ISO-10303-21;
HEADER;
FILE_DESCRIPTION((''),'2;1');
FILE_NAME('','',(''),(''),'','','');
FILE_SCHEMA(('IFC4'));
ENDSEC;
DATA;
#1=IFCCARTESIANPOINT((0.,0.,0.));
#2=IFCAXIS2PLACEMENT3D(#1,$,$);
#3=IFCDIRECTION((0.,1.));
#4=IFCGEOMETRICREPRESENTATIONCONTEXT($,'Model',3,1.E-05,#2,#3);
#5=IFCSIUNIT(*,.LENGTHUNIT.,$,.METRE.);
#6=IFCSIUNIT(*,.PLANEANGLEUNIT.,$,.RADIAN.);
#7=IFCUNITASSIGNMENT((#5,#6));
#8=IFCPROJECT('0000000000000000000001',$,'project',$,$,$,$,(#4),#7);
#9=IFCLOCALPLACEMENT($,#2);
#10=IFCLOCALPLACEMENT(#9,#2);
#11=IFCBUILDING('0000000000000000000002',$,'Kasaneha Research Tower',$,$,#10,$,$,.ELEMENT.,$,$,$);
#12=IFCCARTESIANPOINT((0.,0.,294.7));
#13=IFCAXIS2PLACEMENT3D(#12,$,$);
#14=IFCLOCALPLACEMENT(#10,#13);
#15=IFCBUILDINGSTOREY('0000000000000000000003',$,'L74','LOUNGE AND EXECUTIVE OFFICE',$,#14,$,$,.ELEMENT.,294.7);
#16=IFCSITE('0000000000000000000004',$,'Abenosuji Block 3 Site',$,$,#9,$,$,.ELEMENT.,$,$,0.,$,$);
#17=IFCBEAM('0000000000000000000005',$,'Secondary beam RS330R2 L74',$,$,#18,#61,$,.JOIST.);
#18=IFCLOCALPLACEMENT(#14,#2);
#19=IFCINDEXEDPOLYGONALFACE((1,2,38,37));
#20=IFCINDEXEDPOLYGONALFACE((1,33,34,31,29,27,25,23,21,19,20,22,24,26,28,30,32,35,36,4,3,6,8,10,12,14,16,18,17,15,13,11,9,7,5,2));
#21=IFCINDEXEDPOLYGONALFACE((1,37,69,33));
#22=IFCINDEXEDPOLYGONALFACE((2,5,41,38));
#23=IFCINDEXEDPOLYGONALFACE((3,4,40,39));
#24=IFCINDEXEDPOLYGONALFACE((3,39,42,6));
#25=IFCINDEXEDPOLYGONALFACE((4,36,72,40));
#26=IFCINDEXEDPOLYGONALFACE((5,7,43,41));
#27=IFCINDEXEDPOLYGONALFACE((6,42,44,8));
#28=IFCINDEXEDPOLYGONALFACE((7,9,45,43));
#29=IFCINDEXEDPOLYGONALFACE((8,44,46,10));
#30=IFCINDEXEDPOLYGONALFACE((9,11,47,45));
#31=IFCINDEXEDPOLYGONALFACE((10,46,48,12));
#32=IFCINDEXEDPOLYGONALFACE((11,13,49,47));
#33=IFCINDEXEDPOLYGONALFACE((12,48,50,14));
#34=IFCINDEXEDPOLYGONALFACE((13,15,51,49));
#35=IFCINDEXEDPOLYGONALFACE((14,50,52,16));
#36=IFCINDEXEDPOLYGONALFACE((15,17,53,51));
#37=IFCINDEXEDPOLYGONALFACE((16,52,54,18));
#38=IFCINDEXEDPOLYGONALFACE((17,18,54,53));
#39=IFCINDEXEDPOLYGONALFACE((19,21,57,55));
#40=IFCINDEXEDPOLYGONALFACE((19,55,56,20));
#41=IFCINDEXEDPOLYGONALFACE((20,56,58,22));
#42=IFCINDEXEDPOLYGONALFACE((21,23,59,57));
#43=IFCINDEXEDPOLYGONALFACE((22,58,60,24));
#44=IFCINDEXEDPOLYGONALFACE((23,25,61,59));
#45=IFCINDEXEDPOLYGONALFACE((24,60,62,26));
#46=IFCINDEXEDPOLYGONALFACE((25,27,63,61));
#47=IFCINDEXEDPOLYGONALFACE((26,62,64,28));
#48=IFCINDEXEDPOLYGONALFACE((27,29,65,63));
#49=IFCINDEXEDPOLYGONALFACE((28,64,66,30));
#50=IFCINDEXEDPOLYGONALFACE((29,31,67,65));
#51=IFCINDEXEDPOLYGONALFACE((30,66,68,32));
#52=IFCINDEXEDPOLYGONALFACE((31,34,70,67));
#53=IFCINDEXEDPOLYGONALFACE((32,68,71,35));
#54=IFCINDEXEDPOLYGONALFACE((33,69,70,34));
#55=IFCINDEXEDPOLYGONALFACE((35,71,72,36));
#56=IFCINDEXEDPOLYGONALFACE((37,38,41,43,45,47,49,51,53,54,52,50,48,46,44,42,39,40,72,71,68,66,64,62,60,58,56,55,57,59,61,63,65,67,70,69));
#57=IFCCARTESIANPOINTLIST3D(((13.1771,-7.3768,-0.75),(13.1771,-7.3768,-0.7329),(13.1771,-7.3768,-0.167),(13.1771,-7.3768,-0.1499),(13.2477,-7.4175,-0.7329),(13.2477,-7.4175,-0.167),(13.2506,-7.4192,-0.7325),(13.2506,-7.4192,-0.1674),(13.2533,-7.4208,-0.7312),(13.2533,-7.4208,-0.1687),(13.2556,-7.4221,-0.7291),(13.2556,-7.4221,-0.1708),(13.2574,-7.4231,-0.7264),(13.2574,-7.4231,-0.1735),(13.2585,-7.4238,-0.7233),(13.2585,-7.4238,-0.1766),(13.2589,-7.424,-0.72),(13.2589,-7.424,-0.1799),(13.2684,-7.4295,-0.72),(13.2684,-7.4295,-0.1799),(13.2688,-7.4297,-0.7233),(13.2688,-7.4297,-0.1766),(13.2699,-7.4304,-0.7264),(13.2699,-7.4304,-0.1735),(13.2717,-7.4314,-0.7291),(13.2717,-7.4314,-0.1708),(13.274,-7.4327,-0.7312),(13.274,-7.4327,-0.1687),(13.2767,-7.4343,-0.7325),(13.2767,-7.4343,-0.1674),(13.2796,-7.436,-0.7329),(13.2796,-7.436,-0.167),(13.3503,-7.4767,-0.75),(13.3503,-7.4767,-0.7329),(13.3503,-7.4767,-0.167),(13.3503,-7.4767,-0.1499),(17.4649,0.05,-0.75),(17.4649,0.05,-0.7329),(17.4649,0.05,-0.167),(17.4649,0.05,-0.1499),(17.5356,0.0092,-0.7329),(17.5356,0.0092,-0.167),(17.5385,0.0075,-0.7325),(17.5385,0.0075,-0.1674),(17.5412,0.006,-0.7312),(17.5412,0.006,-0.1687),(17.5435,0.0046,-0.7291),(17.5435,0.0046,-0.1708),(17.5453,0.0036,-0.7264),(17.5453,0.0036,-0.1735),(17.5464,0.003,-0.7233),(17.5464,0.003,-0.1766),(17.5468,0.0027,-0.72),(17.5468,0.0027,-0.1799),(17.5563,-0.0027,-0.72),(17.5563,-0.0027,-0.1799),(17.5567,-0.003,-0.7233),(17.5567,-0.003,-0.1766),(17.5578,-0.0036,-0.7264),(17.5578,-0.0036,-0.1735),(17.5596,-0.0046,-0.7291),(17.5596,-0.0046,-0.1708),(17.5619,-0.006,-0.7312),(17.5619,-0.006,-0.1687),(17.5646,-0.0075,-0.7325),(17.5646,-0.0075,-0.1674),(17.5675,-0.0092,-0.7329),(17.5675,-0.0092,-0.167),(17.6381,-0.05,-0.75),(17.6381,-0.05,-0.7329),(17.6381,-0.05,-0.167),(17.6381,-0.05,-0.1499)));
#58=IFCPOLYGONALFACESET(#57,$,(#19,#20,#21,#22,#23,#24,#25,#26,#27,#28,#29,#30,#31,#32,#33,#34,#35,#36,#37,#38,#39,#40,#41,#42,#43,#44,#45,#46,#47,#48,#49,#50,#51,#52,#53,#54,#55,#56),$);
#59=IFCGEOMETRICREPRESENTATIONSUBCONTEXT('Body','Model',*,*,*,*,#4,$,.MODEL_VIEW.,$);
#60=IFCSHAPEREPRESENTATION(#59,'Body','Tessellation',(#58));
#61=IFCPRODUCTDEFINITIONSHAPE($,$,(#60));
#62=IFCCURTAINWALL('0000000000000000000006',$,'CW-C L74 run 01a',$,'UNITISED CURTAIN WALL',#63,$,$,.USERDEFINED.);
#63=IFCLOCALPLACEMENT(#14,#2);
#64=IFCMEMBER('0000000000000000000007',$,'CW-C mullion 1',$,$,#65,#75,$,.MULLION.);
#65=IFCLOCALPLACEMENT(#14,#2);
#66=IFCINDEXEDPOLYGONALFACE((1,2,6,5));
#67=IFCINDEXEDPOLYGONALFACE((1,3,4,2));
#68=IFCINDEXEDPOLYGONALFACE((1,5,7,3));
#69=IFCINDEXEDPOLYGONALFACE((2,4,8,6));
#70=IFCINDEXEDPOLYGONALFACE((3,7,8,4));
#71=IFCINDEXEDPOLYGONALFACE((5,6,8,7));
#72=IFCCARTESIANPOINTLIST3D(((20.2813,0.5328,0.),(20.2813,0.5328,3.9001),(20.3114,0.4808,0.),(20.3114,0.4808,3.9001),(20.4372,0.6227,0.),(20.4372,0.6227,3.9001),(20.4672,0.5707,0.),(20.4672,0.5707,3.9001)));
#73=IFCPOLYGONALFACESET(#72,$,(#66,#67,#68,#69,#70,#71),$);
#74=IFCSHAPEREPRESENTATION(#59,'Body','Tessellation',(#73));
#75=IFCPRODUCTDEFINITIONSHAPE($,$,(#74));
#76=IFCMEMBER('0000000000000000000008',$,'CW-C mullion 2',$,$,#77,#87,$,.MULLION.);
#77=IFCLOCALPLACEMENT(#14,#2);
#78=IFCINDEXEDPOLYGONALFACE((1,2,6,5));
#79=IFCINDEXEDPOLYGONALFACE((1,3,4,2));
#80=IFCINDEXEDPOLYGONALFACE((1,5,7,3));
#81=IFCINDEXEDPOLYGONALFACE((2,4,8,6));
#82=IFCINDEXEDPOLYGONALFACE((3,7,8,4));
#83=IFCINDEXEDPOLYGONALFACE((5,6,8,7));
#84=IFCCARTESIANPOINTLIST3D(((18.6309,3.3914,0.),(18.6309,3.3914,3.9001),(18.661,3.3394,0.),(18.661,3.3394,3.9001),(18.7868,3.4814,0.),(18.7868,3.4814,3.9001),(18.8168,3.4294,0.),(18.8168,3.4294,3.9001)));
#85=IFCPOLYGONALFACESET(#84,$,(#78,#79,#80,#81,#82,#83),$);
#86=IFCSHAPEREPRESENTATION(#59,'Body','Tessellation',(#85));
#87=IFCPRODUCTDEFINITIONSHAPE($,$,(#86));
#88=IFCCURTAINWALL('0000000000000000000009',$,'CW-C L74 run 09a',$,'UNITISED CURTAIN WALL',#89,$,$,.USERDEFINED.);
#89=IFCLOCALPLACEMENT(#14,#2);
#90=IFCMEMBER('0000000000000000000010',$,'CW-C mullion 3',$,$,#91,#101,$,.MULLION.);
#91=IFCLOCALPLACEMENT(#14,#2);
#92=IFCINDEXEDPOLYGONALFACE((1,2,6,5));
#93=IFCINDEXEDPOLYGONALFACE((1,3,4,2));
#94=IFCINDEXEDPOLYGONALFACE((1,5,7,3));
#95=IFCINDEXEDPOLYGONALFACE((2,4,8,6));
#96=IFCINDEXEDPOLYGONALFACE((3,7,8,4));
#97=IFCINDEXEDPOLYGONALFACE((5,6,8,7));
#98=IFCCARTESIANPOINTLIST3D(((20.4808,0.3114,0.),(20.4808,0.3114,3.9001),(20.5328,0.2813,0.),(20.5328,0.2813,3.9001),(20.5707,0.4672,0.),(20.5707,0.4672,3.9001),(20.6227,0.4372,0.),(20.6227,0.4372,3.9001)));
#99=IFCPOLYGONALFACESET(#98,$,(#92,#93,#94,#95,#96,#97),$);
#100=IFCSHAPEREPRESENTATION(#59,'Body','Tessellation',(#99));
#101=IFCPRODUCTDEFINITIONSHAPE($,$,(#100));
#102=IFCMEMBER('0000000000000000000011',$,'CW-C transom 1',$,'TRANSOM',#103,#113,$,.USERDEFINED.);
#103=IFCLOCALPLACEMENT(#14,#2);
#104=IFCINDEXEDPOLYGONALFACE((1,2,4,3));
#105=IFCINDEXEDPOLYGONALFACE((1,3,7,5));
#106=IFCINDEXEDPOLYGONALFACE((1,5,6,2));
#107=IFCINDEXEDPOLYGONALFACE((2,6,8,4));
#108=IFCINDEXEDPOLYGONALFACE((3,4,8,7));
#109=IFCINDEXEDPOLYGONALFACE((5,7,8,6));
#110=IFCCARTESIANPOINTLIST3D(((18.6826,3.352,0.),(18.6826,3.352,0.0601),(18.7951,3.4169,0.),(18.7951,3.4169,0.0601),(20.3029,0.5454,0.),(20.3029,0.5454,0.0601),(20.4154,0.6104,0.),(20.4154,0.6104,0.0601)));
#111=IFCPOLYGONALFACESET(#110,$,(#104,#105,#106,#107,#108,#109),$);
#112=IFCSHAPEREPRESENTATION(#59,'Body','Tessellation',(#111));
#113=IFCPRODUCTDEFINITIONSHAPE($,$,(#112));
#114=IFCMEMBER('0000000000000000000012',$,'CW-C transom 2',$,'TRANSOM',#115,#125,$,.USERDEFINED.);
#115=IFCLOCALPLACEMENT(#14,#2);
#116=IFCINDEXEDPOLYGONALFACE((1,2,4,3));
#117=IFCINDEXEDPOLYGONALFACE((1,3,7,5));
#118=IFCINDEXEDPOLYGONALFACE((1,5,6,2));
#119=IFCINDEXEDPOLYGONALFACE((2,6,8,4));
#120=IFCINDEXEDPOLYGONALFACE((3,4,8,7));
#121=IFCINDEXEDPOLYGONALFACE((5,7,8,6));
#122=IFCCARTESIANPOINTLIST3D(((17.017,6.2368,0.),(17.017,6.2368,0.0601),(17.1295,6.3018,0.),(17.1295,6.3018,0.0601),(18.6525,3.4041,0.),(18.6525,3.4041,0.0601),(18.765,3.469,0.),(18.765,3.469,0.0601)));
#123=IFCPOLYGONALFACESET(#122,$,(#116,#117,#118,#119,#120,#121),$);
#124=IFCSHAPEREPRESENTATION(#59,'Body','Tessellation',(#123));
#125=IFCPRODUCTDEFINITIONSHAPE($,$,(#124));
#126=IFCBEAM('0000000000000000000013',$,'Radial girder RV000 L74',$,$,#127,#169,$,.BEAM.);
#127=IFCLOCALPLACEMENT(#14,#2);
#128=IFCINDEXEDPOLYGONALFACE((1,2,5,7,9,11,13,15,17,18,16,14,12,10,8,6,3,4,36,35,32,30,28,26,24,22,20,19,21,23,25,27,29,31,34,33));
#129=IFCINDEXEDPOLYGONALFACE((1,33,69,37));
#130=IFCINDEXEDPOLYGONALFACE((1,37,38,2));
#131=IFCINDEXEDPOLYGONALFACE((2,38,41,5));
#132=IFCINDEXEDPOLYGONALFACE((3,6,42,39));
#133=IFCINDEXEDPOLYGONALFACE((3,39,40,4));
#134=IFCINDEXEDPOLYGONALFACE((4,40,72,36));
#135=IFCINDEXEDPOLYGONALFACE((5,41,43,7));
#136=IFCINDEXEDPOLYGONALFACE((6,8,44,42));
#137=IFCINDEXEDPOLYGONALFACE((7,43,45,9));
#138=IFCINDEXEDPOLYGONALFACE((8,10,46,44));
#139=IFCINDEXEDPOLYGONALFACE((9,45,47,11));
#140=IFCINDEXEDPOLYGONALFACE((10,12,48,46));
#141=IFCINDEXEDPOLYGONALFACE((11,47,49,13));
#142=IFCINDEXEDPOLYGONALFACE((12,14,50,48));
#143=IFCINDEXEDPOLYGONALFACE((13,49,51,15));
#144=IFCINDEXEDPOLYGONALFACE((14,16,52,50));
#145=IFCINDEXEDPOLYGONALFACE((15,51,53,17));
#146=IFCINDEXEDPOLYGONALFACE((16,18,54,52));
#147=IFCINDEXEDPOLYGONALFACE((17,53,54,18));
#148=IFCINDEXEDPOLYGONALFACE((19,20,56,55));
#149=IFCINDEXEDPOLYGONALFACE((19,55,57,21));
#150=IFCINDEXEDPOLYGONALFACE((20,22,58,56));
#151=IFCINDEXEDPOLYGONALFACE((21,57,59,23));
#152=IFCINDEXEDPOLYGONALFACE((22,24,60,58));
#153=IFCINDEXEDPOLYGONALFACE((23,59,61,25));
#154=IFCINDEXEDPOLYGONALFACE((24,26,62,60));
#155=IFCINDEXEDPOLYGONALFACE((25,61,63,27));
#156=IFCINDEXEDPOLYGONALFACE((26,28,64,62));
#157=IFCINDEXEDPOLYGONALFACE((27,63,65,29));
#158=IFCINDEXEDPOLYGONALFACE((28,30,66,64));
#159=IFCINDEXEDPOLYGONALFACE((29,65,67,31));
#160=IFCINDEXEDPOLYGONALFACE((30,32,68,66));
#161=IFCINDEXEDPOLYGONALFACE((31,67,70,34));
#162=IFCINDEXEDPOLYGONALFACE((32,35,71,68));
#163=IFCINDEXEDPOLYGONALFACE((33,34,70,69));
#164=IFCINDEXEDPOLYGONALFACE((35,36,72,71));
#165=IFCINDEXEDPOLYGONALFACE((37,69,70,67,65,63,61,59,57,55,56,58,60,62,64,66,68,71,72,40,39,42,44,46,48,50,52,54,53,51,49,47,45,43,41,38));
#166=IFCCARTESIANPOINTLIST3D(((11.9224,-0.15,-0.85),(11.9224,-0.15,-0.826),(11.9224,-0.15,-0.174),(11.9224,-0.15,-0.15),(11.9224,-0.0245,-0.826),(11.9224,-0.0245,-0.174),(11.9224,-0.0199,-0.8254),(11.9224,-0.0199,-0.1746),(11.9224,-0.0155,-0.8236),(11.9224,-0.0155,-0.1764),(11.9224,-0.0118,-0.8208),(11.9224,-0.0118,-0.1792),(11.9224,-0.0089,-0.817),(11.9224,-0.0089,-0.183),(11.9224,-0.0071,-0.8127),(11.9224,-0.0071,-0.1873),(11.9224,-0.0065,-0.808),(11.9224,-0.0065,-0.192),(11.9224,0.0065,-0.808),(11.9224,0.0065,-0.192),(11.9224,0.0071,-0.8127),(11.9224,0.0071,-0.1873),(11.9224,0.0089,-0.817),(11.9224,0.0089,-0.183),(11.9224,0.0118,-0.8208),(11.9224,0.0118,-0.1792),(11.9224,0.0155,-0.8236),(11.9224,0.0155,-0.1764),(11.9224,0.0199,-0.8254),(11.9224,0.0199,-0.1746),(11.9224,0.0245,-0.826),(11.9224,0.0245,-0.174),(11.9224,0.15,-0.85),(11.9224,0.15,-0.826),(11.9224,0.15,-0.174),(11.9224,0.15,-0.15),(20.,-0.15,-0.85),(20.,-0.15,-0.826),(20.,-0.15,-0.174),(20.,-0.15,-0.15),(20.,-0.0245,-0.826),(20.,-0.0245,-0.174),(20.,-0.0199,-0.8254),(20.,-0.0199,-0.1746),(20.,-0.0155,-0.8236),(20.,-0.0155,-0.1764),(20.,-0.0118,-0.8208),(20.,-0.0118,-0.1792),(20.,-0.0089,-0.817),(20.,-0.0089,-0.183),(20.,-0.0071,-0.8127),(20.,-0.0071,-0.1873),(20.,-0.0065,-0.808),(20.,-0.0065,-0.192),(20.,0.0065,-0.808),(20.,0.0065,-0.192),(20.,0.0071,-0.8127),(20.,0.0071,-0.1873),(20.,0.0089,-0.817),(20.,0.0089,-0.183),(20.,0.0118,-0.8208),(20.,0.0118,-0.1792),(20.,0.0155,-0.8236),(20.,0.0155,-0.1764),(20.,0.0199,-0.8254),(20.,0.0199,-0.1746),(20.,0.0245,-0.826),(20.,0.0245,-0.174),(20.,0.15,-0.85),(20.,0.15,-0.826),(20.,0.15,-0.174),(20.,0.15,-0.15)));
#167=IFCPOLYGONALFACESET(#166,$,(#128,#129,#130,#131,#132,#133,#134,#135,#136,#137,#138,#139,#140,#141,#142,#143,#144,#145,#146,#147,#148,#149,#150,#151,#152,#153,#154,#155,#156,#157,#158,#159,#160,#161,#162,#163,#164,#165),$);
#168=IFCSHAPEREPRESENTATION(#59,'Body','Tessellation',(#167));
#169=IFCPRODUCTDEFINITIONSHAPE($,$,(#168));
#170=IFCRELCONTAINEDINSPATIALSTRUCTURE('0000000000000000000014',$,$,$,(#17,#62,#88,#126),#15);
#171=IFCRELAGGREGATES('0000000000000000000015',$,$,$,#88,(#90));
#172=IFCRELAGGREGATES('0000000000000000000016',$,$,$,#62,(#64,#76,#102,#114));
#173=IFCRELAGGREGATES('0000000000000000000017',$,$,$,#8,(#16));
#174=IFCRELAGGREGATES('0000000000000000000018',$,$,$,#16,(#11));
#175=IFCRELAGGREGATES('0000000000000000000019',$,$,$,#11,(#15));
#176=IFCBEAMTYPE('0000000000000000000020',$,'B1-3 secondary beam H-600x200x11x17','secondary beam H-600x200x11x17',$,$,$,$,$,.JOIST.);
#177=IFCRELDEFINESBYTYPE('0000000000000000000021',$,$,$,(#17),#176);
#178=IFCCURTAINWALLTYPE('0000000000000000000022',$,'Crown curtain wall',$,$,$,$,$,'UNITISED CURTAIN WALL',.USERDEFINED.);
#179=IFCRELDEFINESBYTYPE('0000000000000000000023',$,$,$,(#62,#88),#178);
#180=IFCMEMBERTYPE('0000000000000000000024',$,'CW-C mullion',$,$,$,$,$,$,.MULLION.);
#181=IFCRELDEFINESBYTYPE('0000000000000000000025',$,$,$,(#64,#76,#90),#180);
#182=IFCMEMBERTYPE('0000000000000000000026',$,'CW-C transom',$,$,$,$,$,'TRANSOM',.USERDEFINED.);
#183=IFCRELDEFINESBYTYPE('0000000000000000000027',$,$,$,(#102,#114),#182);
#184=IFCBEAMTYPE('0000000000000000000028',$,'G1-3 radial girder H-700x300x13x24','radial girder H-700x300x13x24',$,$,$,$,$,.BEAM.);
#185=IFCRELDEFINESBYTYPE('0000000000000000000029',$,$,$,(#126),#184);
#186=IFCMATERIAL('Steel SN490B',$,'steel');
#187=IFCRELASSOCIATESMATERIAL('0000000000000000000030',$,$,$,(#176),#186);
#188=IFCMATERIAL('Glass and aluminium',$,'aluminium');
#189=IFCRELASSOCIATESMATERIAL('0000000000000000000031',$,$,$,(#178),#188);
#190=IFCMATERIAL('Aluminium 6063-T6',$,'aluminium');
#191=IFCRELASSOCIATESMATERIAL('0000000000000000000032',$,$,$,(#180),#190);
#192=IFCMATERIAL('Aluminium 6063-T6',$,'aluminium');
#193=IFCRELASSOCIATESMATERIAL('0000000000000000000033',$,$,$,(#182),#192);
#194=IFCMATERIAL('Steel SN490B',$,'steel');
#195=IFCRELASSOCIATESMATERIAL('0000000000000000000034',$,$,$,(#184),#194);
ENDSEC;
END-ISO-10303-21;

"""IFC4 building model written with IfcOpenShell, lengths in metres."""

from ifc_helpers import new_model, si_unit, direction, frame, origin, origin_2d, place, context, subcontext, project, spatial, rectangle, i_section, extrude, material, material_profile, profile_set, type_object, element, aggregate, save


model = new_model("IFC4")

# Units and contexts
model_context = context("Model", 3, precision=1e-05, world=origin(), true_north=direction((0.0, 1.0)))
body_context = subcontext(model_context, "Body", "Model", "MODEL_VIEW")
ifc_project = project(units=[si_unit("LENGTHUNIT", "METRE"), si_unit("PLANEANGLEUNIT", "RADIAN")], contexts=[model_context])

# Site, building, storey
site_placement = place(None, origin())
site = spatial("IfcSite", under=ifc_project, at=site_placement, Name="Abenosuji Block 3 Site", CompositionType="ELEMENT", RefElevation=0.0)
building_placement = place(site_placement, origin())
building = spatial("IfcBuilding", under=site, at=building_placement, Name="Kasaneha Research Tower", CompositionType="ELEMENT")
storey_placement = place(building_placement, frame((0.0, 0.0, 294.7)))
storey = spatial("IfcBuildingStorey", under=building, at=storey_placement, Name="L74", Description="LOUNGE AND EXECUTIVE OFFICE", CompositionType="ELEMENT", Elevation=294.7)

# Beam
ifc_material_1 = material(Name="Steel SN490B", Category="steel")
ifc_material_profile_1 = material_profile(ifc_material_1, i_section(OverallWidth=0.2, OverallDepth=0.6001, WebThickness=0.011, FlangeThickness=0.0171, FilletRadius=0.0129, at=origin_2d()), Name="H-600x200x11x17")
ifc_profile_set_1 = profile_set([ifc_material_profile_1], Name="Steel SN490B")
beam_type_1 = type_object("IfcBeamType", Name="B1-3 secondary beam H-600x200x11x17", Description="secondary beam H-600x200x11x17", PredefinedType="JOIST", material=ifc_profile_set_1)
beam_1_placement = place(storey_placement, frame((17.5515, 0.0, -0.45), z_axis=(-0.5, -0.866025, 0.0), x_axis=(0.866025, -0.5, 0.0)))
element("IfcBeam", 1, at=beam_1_placement, inside=storey, type_object=beam_type_1, Name="Secondary beam RS330R2 L74", PredefinedType="JOIST", context=body_context, shape_type="SweptSolid", body=[
    extrude(i_section(OverallWidth=0.2, OverallDepth=0.6001, WebThickness=0.011, FlangeThickness=0.0171, FilletRadius=0.0129, at=origin_2d()), origin(), (0.0, 0.0, 1.0), 8.5757),
])

# Curtain wall, members
ifc_material_2 = material(Name="Glass and aluminium", Category="aluminium")
curtain_wall_type = type_object("IfcCurtainWallType", Name="Crown curtain wall", ElementType="UNITISED CURTAIN WALL", PredefinedType="USERDEFINED", material=ifc_material_2)
curtain_wall_1_placement = place(storey_placement, origin())
curtain_wall_1 = element("IfcCurtainWall", 2, at=curtain_wall_1_placement, inside=storey, type_object=curtain_wall_type, Name="CW-C L74 run 01a", ObjectType="UNITISED CURTAIN WALL", PredefinedType="USERDEFINED")
ifc_material_3 = material(Name="Aluminium 6063-T6", Category="aluminium")
ifc_material_profile_2 = material_profile(ifc_material_3, rectangle(XDim=0.0601, YDim=0.1799, at=origin_2d()), Name="CW-C mullion 60x180")
ifc_profile_set_2 = profile_set([ifc_material_profile_2], Name="Aluminium 6063-T6")
member_type_1 = type_object("IfcMemberType", Name="CW-C mullion", PredefinedType="MULLION", material=ifc_profile_set_2)
member_1_placement = place(storey_placement, frame((20.3743, 0.5518, 0.0), z_axis=(0.0, 0.0, 1.0), x_axis=(-0.5, 0.866025, 0.0)))
member_1 = element("IfcMember", 3, at=member_1_placement, type_object=member_type_1, Name="CW-C mullion 1", PredefinedType="MULLION", context=body_context, shape_type="SweptSolid", body=[
    extrude(rectangle(XDim=0.0601, YDim=0.1799, at=origin_2d()), origin(), (0.0, 0.0, 1.0), 3.9001),
])
member_2_placement = place(storey_placement, frame((18.7239, 3.4104, 0.0), z_axis=(0.0, 0.0, 1.0), x_axis=(-0.5, 0.866025, 0.0)))
member_2 = element("IfcMember", 4, at=member_2_placement, type_object=member_type_1, Name="CW-C mullion 2", PredefinedType="MULLION", context=body_context, shape_type="SweptSolid", body=[
    extrude(rectangle(XDim=0.0601, YDim=0.1799, at=origin_2d()), origin(), (0.0, 0.0, 1.0), 3.9001),
])

# Curtain wall, member
curtain_wall_2_placement = place(storey_placement, origin())
curtain_wall_2 = element("IfcCurtainWall", 5, at=curtain_wall_2_placement, inside=storey, type_object=curtain_wall_type, Name="CW-C L74 run 09a", ObjectType="UNITISED CURTAIN WALL", PredefinedType="USERDEFINED")
member_3_placement = place(storey_placement, frame((20.5518, 0.3743, 0.0), z_axis=(0.0, 0.0, 1.0), x_axis=(-0.866025, 0.5, 0.0)))
member_3 = element("IfcMember", 6, at=member_3_placement, type_object=member_type_1, Name="CW-C mullion 3", PredefinedType="MULLION", context=body_context, shape_type="SweptSolid", body=[
    extrude(rectangle(XDim=0.0601, YDim=0.1799, at=origin_2d()), origin(), (0.0, 0.0, 1.0), 3.9001),
])
aggregate(curtain_wall_2, [member_3])

# Members
ifc_material_4 = material(Name="Aluminium 6063-T6", Category="aluminium")
ifc_material_profile_3 = material_profile(ifc_material_4, rectangle(XDim=0.1299, YDim=0.0601, at=origin_2d()), Name="CW-C transom 130x60")
ifc_profile_set_3 = profile_set([ifc_material_profile_3], Name="Aluminium 6063-T6")
member_type_2 = type_object("IfcMemberType", Name="CW-C transom", ElementType="TRANSOM", PredefinedType="USERDEFINED", material=ifc_profile_set_3)
member_4_placement = place(storey_placement, frame((20.3591, 0.5779, 0.03), z_axis=(-0.499988, 0.866033, 0.0), x_axis=(-0.866033, -0.499988, 0.0)))
member_4 = element("IfcMember", 7, at=member_4_placement, type_object=member_type_2, Name="CW-C transom 1", ObjectType="TRANSOM", PredefinedType="USERDEFINED", context=body_context, shape_type="SweptSolid", body=[
    extrude(rectangle(XDim=0.1299, YDim=0.0601, at=origin_2d()), origin(), (0.0, 0.0, 1.0), 3.2407),
])
member_5_placement = place(storey_placement, frame((18.7087, 3.4365, 0.03), z_axis=(-0.5, 0.866025, 0.0), x_axis=(-0.866025, -0.5, 0.0)))
member_5 = element("IfcMember", 8, at=member_5_placement, type_object=member_type_2, Name="CW-C transom 2", ObjectType="TRANSOM", PredefinedType="USERDEFINED", context=body_context, shape_type="SweptSolid", body=[
    extrude(rectangle(XDim=0.1299, YDim=0.0601, at=origin_2d()), origin(), (0.0, 0.0, 1.0), 3.271),
])

# Beam
ifc_material_5 = material(Name="Steel SN490B", Category="steel")
ifc_material_profile_4 = material_profile(ifc_material_5, i_section(OverallWidth=0.3, OverallDepth=0.7, WebThickness=0.0129, FlangeThickness=0.0239, FilletRadius=0.0181, at=origin_2d()), Name="H-700x300x13x24")
ifc_profile_set_4 = profile_set([ifc_material_profile_4], Name="Steel SN490B")
beam_type_2 = type_object("IfcBeamType", Name="G1-3 radial girder H-700x300x13x24", Description="radial girder H-700x300x13x24", PredefinedType="BEAM", material=ifc_profile_set_4)
beam_2_placement = place(storey_placement, frame((11.9224, 0.0, -0.5), z_axis=(1.0, 0.0, 0.0), x_axis=(0.0, 1.0, 0.0)))
element("IfcBeam", 9, at=beam_2_placement, inside=storey, type_object=beam_type_2, Name="Radial girder RV000 L74", PredefinedType="BEAM", context=body_context, shape_type="SweptSolid", body=[
    extrude(i_section(OverallWidth=0.3, OverallDepth=0.7, WebThickness=0.0129, FlangeThickness=0.0239, FilletRadius=0.0181, at=origin_2d()), origin(), (0.0, 0.0, 1.0), 8.0776),
])

aggregate(curtain_wall_1, [member_1, member_2, member_4, member_5])

save(model, "model.ifc")
